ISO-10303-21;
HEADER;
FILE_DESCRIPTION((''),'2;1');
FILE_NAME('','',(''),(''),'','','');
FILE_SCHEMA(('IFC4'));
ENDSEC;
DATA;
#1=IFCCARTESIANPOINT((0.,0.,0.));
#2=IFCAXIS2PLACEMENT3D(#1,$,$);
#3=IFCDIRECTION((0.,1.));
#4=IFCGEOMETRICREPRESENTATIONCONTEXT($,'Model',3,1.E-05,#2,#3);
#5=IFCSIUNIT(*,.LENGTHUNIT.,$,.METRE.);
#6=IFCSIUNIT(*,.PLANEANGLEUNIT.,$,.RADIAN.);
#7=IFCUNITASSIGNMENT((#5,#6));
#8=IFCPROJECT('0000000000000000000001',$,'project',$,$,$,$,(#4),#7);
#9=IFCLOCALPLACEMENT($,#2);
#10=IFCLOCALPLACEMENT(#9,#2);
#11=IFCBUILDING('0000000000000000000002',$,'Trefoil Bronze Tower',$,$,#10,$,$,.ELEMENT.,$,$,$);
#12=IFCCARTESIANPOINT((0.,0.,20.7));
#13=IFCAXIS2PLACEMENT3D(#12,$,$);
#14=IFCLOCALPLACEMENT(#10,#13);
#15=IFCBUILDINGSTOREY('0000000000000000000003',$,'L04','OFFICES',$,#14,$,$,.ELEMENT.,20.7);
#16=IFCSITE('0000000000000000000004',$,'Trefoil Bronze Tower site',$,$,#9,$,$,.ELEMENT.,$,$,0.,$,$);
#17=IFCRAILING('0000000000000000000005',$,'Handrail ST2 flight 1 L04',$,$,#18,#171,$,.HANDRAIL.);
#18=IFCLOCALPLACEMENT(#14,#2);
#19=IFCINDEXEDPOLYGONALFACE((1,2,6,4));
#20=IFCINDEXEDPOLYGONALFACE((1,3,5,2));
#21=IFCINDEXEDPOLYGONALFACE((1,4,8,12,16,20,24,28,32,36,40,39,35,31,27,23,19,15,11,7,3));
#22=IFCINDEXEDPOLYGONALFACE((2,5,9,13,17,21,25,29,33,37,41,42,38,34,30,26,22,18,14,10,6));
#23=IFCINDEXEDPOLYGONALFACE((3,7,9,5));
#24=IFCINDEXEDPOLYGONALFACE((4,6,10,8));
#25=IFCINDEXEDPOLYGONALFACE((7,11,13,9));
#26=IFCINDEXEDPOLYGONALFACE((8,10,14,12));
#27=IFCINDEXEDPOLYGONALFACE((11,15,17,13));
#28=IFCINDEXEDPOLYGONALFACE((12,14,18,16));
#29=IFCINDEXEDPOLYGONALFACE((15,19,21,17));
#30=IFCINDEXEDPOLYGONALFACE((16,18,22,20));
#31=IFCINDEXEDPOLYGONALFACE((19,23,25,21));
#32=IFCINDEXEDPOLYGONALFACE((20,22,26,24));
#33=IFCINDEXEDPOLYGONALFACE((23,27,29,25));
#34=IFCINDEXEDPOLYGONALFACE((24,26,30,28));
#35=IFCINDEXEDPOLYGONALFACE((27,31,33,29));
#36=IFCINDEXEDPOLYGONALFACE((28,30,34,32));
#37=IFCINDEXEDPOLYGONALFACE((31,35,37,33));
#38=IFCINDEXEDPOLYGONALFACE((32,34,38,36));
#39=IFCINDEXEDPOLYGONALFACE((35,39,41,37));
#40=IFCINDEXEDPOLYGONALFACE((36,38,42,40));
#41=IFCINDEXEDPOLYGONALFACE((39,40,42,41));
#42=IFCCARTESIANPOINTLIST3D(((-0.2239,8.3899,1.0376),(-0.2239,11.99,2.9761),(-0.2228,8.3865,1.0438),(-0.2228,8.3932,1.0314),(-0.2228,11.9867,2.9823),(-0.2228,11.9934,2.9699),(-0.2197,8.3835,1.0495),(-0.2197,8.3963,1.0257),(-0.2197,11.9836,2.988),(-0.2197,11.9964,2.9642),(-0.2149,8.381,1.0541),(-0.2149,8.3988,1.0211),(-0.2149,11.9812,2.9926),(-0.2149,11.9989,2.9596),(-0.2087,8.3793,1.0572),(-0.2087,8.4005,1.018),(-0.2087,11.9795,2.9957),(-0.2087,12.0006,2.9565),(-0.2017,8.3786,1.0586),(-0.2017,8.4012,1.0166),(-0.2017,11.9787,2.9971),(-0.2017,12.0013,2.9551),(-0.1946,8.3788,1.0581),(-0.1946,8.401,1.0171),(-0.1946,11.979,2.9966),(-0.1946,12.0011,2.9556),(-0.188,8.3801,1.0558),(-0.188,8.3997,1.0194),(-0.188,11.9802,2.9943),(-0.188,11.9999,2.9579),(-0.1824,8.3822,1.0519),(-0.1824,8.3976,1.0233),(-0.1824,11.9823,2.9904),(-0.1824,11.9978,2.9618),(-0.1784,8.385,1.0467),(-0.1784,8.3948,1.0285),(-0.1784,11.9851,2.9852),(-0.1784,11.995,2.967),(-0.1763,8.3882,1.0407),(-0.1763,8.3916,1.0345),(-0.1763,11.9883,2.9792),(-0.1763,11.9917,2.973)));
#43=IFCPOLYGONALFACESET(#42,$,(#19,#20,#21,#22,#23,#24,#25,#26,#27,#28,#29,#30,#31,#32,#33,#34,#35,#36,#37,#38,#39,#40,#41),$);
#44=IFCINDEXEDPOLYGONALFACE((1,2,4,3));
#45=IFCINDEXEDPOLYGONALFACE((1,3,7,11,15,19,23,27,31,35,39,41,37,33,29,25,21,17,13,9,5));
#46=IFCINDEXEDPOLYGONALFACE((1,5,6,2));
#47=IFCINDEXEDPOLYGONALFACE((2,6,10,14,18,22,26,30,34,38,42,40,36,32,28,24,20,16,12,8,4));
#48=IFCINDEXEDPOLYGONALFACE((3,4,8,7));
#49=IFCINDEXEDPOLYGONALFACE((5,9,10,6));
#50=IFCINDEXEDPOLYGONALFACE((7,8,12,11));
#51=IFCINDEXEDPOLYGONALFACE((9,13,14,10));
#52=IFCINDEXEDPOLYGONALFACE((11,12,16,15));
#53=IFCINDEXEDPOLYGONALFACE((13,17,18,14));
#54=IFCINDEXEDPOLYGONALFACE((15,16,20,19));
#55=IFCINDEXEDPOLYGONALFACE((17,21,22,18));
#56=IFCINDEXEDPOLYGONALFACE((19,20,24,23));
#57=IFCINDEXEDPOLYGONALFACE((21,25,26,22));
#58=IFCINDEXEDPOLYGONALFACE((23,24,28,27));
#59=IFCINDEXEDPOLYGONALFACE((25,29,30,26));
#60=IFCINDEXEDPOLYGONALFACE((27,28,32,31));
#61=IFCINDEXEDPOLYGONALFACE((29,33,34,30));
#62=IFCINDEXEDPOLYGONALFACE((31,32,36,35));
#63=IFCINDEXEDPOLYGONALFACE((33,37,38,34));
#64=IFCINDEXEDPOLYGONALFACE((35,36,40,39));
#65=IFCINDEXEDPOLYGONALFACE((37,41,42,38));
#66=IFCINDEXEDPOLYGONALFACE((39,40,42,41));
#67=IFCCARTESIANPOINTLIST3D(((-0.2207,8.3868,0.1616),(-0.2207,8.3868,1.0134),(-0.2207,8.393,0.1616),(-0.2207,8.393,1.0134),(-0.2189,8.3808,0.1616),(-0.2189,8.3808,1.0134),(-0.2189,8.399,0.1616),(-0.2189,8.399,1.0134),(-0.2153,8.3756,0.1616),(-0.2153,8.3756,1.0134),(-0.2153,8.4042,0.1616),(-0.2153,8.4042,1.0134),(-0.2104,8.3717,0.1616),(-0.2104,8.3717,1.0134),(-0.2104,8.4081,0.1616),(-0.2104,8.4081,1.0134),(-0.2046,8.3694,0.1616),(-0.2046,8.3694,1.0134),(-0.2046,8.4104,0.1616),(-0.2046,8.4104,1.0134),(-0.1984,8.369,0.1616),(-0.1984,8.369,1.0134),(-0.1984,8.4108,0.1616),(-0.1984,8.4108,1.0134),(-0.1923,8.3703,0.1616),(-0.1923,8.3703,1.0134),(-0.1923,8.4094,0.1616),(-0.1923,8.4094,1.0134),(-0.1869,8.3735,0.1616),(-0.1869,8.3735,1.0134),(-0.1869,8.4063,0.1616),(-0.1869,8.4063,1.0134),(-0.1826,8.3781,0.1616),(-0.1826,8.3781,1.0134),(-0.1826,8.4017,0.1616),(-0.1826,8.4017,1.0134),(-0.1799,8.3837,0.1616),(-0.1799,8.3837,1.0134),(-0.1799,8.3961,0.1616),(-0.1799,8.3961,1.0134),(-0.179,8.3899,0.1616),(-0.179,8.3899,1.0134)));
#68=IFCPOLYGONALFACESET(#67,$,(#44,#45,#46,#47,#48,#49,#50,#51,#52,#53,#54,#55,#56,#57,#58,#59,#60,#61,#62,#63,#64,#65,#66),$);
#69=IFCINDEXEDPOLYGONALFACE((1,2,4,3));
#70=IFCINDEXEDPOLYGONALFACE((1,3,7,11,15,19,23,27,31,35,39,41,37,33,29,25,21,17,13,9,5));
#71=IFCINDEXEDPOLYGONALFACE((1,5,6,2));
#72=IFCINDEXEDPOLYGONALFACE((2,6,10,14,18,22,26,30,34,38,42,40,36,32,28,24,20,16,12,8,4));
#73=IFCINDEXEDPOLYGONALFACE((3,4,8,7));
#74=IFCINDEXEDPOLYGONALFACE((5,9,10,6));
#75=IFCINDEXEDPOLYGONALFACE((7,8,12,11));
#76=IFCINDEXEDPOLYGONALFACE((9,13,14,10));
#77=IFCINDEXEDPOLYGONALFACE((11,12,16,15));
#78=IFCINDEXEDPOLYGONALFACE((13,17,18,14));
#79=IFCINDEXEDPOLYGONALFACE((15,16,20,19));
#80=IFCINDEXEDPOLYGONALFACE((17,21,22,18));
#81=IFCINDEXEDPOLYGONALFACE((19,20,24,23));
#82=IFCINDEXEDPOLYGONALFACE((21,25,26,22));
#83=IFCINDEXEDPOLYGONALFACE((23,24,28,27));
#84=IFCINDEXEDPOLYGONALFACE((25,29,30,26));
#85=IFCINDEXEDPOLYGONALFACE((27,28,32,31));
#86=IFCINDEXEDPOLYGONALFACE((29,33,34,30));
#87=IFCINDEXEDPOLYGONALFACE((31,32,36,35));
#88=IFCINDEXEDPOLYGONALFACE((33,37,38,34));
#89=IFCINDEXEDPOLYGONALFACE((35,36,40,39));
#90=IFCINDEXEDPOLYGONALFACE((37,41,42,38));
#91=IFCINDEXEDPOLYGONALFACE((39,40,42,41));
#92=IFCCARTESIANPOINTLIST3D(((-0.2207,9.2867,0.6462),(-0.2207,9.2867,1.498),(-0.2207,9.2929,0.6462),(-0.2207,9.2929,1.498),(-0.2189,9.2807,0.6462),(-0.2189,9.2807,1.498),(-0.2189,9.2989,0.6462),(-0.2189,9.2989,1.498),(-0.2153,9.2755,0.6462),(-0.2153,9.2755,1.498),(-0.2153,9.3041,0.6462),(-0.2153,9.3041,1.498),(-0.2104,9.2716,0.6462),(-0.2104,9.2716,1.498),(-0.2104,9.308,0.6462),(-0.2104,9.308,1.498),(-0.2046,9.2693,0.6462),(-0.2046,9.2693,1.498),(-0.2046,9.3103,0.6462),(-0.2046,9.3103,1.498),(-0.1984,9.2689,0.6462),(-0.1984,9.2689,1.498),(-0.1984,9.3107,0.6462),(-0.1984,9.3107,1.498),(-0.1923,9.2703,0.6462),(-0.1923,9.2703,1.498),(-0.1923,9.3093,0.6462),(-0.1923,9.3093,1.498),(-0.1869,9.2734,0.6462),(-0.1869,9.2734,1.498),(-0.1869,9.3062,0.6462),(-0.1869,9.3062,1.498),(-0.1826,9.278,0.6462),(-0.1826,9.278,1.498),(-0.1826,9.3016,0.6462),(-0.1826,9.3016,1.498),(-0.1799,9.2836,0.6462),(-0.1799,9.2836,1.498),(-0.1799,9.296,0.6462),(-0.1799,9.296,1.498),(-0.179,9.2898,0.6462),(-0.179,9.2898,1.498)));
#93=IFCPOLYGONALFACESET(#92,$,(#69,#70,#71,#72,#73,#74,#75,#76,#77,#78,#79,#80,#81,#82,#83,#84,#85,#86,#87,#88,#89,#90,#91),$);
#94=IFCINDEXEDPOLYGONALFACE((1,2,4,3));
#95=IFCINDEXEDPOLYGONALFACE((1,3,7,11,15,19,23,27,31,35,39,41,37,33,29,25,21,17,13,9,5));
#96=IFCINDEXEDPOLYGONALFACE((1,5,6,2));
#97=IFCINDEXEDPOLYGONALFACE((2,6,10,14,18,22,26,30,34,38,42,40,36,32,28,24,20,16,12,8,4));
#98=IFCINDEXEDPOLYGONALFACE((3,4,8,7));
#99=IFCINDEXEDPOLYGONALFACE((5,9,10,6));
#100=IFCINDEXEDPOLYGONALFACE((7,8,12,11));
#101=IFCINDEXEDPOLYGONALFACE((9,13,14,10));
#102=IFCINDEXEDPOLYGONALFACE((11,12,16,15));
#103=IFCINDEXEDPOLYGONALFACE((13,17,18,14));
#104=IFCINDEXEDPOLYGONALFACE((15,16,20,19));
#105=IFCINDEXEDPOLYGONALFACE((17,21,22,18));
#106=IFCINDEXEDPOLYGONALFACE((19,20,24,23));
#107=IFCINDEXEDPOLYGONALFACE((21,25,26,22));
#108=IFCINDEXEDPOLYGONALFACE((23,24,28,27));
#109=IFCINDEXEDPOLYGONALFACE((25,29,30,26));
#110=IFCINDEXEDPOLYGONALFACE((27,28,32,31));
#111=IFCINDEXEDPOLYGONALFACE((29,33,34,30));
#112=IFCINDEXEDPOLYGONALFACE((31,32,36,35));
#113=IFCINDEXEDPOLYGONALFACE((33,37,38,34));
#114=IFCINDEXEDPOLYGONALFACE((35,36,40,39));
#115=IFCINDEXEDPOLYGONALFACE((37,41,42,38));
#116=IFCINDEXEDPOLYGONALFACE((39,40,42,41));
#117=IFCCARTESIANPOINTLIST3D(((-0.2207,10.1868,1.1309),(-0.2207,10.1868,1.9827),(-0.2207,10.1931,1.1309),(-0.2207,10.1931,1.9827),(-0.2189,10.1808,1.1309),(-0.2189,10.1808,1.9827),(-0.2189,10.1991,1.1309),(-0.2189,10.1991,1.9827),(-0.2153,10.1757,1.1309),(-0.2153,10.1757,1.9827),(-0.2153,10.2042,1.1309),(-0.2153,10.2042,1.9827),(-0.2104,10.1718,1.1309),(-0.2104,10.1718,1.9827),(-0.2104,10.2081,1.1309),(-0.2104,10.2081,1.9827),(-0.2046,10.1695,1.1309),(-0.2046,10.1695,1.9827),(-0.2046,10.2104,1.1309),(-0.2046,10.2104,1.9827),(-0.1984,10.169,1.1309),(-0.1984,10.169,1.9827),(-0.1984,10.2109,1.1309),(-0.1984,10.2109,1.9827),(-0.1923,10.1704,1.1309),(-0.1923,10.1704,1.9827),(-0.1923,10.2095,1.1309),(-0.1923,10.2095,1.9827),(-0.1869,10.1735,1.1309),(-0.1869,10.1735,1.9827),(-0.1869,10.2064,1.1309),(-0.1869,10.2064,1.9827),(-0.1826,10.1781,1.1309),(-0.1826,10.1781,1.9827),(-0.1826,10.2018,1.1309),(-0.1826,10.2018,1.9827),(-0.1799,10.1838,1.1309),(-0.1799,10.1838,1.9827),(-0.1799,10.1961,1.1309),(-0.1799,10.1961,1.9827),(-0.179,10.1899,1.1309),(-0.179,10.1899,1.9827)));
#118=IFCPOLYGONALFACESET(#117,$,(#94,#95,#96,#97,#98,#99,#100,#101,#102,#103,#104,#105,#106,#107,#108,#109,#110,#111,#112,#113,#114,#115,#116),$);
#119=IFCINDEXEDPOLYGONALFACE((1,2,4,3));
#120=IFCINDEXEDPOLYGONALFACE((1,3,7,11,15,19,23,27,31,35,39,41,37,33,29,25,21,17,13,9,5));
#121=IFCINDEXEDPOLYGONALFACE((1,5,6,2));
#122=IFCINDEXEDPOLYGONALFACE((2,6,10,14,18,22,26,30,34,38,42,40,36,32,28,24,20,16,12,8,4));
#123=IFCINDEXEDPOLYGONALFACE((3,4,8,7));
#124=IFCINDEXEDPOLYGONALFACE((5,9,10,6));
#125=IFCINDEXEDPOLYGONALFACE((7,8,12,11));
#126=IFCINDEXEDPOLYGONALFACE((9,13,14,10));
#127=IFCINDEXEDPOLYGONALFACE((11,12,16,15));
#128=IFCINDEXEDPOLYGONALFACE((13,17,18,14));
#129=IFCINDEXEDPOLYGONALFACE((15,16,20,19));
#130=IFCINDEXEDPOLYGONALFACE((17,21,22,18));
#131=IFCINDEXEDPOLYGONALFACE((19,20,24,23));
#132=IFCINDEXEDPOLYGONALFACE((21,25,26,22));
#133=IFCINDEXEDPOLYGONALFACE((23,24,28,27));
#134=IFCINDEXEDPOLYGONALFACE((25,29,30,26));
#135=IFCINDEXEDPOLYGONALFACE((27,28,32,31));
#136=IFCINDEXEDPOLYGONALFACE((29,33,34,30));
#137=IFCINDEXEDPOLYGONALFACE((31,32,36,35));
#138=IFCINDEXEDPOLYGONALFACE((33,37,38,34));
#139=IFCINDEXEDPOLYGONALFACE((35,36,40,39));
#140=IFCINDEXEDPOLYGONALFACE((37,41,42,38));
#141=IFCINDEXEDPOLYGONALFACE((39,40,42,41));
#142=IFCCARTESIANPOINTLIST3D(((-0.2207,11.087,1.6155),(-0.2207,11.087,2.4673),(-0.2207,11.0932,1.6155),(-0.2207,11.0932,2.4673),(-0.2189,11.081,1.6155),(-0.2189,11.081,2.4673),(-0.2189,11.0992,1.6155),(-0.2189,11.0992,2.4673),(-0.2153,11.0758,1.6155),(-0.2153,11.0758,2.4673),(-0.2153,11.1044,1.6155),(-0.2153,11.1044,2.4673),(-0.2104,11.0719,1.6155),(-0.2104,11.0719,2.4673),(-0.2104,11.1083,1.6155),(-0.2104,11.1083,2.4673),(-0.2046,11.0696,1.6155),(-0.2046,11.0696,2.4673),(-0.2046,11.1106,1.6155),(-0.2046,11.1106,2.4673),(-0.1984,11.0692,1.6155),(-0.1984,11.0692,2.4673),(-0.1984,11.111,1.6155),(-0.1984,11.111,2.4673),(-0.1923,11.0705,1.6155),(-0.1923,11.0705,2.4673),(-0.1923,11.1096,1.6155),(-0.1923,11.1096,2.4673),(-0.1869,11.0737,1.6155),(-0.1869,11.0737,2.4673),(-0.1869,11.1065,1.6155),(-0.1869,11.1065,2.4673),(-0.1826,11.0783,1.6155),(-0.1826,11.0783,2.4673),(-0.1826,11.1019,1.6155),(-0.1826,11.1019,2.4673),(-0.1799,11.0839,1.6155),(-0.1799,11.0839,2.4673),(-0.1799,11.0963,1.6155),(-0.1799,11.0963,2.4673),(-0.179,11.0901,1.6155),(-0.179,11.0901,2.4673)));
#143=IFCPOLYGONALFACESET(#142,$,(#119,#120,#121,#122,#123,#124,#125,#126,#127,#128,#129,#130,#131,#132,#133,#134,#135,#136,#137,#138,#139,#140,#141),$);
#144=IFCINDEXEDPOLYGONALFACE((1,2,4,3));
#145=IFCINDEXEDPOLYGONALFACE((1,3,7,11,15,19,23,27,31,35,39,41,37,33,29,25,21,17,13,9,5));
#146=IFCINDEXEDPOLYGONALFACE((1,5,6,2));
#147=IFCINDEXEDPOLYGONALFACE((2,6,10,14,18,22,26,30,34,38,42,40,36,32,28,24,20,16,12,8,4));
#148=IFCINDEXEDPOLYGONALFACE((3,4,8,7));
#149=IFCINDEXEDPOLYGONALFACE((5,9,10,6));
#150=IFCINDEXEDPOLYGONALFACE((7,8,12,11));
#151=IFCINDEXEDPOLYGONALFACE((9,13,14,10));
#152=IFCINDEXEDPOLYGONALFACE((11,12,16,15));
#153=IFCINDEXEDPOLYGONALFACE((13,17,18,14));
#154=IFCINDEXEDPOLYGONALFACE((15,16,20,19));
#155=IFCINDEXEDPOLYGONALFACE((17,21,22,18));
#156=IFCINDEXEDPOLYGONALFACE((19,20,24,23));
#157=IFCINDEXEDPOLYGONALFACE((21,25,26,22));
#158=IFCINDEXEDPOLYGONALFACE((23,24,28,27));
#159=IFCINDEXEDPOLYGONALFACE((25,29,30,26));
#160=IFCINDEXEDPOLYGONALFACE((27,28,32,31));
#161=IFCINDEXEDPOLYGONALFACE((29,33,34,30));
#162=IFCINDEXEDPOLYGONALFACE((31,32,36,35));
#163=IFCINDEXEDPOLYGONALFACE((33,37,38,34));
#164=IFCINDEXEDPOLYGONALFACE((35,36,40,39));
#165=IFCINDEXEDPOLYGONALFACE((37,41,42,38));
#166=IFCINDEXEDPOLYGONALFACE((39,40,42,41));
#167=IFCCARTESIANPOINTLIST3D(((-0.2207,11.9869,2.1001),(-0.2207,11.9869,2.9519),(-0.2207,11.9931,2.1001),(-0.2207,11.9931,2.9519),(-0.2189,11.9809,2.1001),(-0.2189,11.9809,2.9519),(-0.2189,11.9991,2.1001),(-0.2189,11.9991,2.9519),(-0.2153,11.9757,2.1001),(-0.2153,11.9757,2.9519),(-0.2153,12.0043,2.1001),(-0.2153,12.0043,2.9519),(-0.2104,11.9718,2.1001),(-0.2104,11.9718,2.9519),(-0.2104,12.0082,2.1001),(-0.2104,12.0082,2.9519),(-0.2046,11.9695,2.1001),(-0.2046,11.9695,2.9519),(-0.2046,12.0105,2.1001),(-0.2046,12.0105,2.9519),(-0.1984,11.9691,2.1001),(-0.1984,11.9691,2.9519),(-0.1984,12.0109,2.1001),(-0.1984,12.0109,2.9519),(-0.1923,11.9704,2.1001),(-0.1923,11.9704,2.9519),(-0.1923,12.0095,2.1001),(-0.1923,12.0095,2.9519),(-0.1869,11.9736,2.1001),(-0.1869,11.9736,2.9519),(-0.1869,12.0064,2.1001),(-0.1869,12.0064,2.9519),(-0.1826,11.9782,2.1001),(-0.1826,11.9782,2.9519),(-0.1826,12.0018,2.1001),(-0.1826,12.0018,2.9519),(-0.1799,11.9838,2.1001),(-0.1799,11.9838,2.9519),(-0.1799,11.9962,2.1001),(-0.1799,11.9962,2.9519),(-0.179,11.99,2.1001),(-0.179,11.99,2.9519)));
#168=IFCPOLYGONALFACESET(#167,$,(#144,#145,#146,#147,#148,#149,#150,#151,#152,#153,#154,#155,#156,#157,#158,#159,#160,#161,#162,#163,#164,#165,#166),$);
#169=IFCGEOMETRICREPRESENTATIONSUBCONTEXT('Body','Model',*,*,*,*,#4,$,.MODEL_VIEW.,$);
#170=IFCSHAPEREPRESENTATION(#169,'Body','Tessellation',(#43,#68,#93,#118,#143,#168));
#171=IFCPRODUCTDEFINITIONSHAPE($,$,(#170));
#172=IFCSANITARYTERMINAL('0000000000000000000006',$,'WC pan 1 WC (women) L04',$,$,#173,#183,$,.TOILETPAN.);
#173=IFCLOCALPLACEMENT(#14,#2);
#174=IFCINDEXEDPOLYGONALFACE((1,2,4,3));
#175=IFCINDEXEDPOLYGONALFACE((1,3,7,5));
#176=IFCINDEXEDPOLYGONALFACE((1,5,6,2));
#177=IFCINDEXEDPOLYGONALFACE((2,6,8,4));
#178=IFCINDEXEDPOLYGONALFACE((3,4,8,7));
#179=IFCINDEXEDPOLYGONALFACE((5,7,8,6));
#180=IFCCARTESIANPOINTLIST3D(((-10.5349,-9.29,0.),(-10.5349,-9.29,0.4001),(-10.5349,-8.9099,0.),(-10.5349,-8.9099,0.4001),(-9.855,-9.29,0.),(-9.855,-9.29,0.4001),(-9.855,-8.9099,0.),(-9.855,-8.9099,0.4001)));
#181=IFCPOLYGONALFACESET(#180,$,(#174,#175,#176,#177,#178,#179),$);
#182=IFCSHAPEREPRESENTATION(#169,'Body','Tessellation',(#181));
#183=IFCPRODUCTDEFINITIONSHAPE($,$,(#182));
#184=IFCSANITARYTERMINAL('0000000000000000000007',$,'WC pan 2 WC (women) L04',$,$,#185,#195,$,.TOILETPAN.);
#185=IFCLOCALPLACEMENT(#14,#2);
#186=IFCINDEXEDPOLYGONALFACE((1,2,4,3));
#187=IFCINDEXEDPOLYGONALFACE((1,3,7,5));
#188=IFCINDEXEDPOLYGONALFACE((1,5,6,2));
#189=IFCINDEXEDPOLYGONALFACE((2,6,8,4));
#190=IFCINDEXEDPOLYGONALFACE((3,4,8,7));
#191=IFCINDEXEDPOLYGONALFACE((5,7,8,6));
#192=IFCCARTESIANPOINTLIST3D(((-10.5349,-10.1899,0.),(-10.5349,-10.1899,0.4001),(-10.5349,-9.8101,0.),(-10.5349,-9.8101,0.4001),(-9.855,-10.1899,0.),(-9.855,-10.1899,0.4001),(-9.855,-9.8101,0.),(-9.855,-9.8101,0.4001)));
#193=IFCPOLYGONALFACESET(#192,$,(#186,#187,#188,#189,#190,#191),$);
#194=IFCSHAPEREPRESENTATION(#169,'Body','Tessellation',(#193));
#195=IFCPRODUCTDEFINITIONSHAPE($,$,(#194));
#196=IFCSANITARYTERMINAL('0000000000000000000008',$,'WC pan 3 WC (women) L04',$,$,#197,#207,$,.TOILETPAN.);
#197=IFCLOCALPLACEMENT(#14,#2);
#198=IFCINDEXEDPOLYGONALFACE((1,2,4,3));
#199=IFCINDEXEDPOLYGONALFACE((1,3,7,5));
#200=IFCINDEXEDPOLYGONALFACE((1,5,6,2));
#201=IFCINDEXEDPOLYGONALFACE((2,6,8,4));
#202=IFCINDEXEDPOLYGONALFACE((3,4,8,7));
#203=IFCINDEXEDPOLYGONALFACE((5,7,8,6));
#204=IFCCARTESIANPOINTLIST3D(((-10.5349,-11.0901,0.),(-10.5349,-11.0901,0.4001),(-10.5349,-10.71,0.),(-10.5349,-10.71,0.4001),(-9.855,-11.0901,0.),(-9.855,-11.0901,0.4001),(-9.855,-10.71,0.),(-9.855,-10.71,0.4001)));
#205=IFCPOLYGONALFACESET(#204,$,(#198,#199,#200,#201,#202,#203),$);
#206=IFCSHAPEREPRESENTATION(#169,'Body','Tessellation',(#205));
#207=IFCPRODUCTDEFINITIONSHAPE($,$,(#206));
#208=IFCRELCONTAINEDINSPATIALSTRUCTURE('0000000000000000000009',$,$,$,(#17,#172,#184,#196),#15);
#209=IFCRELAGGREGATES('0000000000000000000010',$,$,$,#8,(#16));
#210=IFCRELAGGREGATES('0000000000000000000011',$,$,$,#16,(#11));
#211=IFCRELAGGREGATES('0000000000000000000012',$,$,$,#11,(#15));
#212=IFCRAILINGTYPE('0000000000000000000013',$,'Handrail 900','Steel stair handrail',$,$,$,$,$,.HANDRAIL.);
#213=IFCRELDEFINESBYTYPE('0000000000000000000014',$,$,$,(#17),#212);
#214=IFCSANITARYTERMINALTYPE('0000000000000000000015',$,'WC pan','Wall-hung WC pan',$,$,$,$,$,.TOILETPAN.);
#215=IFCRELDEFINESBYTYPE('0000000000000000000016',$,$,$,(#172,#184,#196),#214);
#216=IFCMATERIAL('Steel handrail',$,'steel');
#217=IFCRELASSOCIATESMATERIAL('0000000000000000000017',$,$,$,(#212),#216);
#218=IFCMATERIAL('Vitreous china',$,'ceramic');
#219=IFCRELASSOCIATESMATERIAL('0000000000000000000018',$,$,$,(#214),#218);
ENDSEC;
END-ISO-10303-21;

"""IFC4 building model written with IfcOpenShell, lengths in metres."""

from ifc_helpers import new_model, si_unit, direction, frame, origin, origin_2d, place, context, subcontext, project, spatial, polyline, circle, outline, extrude, material, type_object, element, save


model = new_model("IFC4")

# Units and contexts
model_context = context("Model", 3, precision=1e-05, world=origin(), true_north=direction((0.0, 1.0)))
body_context = subcontext(model_context, "Body", "Model", "MODEL_VIEW")
ifc_project = project(units=[si_unit("LENGTHUNIT", "METRE"), si_unit("PLANEANGLEUNIT", "RADIAN")], contexts=[model_context])

# Site, building, storey
site_placement = place(None, origin())
site = spatial("IfcSite", under=ifc_project, at=site_placement, Name="Trefoil Bronze Tower site", CompositionType="ELEMENT", RefElevation=0.0)
building_placement = place(site_placement, origin())
building = spatial("IfcBuilding", under=site, at=building_placement, Name="Trefoil Bronze Tower", CompositionType="ELEMENT")
storey_placement = place(building_placement, frame((0.0, 0.0, 20.7)))
storey = spatial("IfcBuildingStorey", under=building, at=storey_placement, Name="L04", Description="OFFICES", CompositionType="ELEMENT", Elevation=20.7)

# Railing
ifc_material_1 = material(Name="Steel handrail", Category="steel")
railing_type = type_object("IfcRailingType", Name="Handrail 900", Description="Steel stair handrail", PredefinedType="HANDRAIL", material=ifc_material_1)
railing_placement = place(storey_placement, frame((-0.2, 8.3899, 0.1616)))
element("IfcRailing", 1, at=railing_placement, inside=storey, type_object=railing_type, Name="Handrail ST2 flight 1 L04", PredefinedType="HANDRAIL", context=body_context, shape_type="SweptSolid", body=[
    extrude(circle(Radius=0.0239, at=origin_2d()), frame((0.0, 0.0, 0.876), z_axis=(0.0, 0.880475, 0.474093), x_axis=(-1.0, 0.0, 0.0)), (0.0, 0.0, 1.0), 4.0889),
    extrude(circle(Radius=0.021, at=origin_2d()), origin(), (0.0, 0.0, 1.0), 0.8518),
    extrude(circle(Radius=0.021, at=origin_2d()), frame((0.0, 0.8999, 0.4846)), (0.0, 0.0, 1.0), 0.8518),
    extrude(circle(Radius=0.021, at=origin_2d()), frame((0.0, 1.8, 0.9692)), (0.0, 0.0, 1.0), 0.8518),
    extrude(circle(Radius=0.021, at=origin_2d()), frame((0.0, 2.7002, 1.4539)), (0.0, 0.0, 1.0), 0.8518),
    extrude(circle(Radius=0.021, at=origin_2d()), frame((0.0, 3.6001, 1.9385)), (0.0, 0.0, 1.0), 0.8518),
])

# Sanitary terminals
ifc_material_2 = material(Name="Vitreous china", Category="ceramic")
sanitary_terminal_type = type_object("IfcSanitaryTerminalType", Name="WC pan", Description="Wall-hung WC pan", PredefinedType="TOILETPAN", material=ifc_material_2)
sanitary_terminal_1_placement = place(storey_placement, origin())
element("IfcSanitaryTerminal", 2, at=sanitary_terminal_1_placement, inside=storey, type_object=sanitary_terminal_type, Name="WC pan 1 WC (women) L04", PredefinedType="TOILETPAN", context=body_context, shape_type="SweptSolid", body=[
    extrude(outline(polyline([(-9.855, -8.9099), (-10.5349, -8.9099), (-10.5349, -9.29), (-9.855, -9.29), (-9.855, -8.9099)])), origin(), (0.0, 0.0, 1.0), 0.4001),
])
sanitary_terminal_2_placement = place(storey_placement, origin())
element("IfcSanitaryTerminal", 3, at=sanitary_terminal_2_placement, inside=storey, type_object=sanitary_terminal_type, Name="WC pan 2 WC (women) L04", PredefinedType="TOILETPAN", context=body_context, shape_type="SweptSolid", body=[
    extrude(outline(polyline([(-9.855, -9.8101), (-10.5349, -9.8101), (-10.5349, -10.1899), (-9.855, -10.1899), (-9.855, -9.8101)])), origin(), (0.0, 0.0, 1.0), 0.4001),
])
sanitary_terminal_3_placement = place(storey_placement, origin())
element("IfcSanitaryTerminal", 4, at=sanitary_terminal_3_placement, inside=storey, type_object=sanitary_terminal_type, Name="WC pan 3 WC (women) L04", PredefinedType="TOILETPAN", context=body_context, shape_type="SweptSolid", body=[
    extrude(outline(polyline([(-9.855, -10.71), (-10.5349, -10.71), (-10.5349, -11.0901), (-9.855, -11.0901), (-9.855, -10.71)])), origin(), (0.0, 0.0, 1.0), 0.4001),
])

save(model, "model.ifc")
